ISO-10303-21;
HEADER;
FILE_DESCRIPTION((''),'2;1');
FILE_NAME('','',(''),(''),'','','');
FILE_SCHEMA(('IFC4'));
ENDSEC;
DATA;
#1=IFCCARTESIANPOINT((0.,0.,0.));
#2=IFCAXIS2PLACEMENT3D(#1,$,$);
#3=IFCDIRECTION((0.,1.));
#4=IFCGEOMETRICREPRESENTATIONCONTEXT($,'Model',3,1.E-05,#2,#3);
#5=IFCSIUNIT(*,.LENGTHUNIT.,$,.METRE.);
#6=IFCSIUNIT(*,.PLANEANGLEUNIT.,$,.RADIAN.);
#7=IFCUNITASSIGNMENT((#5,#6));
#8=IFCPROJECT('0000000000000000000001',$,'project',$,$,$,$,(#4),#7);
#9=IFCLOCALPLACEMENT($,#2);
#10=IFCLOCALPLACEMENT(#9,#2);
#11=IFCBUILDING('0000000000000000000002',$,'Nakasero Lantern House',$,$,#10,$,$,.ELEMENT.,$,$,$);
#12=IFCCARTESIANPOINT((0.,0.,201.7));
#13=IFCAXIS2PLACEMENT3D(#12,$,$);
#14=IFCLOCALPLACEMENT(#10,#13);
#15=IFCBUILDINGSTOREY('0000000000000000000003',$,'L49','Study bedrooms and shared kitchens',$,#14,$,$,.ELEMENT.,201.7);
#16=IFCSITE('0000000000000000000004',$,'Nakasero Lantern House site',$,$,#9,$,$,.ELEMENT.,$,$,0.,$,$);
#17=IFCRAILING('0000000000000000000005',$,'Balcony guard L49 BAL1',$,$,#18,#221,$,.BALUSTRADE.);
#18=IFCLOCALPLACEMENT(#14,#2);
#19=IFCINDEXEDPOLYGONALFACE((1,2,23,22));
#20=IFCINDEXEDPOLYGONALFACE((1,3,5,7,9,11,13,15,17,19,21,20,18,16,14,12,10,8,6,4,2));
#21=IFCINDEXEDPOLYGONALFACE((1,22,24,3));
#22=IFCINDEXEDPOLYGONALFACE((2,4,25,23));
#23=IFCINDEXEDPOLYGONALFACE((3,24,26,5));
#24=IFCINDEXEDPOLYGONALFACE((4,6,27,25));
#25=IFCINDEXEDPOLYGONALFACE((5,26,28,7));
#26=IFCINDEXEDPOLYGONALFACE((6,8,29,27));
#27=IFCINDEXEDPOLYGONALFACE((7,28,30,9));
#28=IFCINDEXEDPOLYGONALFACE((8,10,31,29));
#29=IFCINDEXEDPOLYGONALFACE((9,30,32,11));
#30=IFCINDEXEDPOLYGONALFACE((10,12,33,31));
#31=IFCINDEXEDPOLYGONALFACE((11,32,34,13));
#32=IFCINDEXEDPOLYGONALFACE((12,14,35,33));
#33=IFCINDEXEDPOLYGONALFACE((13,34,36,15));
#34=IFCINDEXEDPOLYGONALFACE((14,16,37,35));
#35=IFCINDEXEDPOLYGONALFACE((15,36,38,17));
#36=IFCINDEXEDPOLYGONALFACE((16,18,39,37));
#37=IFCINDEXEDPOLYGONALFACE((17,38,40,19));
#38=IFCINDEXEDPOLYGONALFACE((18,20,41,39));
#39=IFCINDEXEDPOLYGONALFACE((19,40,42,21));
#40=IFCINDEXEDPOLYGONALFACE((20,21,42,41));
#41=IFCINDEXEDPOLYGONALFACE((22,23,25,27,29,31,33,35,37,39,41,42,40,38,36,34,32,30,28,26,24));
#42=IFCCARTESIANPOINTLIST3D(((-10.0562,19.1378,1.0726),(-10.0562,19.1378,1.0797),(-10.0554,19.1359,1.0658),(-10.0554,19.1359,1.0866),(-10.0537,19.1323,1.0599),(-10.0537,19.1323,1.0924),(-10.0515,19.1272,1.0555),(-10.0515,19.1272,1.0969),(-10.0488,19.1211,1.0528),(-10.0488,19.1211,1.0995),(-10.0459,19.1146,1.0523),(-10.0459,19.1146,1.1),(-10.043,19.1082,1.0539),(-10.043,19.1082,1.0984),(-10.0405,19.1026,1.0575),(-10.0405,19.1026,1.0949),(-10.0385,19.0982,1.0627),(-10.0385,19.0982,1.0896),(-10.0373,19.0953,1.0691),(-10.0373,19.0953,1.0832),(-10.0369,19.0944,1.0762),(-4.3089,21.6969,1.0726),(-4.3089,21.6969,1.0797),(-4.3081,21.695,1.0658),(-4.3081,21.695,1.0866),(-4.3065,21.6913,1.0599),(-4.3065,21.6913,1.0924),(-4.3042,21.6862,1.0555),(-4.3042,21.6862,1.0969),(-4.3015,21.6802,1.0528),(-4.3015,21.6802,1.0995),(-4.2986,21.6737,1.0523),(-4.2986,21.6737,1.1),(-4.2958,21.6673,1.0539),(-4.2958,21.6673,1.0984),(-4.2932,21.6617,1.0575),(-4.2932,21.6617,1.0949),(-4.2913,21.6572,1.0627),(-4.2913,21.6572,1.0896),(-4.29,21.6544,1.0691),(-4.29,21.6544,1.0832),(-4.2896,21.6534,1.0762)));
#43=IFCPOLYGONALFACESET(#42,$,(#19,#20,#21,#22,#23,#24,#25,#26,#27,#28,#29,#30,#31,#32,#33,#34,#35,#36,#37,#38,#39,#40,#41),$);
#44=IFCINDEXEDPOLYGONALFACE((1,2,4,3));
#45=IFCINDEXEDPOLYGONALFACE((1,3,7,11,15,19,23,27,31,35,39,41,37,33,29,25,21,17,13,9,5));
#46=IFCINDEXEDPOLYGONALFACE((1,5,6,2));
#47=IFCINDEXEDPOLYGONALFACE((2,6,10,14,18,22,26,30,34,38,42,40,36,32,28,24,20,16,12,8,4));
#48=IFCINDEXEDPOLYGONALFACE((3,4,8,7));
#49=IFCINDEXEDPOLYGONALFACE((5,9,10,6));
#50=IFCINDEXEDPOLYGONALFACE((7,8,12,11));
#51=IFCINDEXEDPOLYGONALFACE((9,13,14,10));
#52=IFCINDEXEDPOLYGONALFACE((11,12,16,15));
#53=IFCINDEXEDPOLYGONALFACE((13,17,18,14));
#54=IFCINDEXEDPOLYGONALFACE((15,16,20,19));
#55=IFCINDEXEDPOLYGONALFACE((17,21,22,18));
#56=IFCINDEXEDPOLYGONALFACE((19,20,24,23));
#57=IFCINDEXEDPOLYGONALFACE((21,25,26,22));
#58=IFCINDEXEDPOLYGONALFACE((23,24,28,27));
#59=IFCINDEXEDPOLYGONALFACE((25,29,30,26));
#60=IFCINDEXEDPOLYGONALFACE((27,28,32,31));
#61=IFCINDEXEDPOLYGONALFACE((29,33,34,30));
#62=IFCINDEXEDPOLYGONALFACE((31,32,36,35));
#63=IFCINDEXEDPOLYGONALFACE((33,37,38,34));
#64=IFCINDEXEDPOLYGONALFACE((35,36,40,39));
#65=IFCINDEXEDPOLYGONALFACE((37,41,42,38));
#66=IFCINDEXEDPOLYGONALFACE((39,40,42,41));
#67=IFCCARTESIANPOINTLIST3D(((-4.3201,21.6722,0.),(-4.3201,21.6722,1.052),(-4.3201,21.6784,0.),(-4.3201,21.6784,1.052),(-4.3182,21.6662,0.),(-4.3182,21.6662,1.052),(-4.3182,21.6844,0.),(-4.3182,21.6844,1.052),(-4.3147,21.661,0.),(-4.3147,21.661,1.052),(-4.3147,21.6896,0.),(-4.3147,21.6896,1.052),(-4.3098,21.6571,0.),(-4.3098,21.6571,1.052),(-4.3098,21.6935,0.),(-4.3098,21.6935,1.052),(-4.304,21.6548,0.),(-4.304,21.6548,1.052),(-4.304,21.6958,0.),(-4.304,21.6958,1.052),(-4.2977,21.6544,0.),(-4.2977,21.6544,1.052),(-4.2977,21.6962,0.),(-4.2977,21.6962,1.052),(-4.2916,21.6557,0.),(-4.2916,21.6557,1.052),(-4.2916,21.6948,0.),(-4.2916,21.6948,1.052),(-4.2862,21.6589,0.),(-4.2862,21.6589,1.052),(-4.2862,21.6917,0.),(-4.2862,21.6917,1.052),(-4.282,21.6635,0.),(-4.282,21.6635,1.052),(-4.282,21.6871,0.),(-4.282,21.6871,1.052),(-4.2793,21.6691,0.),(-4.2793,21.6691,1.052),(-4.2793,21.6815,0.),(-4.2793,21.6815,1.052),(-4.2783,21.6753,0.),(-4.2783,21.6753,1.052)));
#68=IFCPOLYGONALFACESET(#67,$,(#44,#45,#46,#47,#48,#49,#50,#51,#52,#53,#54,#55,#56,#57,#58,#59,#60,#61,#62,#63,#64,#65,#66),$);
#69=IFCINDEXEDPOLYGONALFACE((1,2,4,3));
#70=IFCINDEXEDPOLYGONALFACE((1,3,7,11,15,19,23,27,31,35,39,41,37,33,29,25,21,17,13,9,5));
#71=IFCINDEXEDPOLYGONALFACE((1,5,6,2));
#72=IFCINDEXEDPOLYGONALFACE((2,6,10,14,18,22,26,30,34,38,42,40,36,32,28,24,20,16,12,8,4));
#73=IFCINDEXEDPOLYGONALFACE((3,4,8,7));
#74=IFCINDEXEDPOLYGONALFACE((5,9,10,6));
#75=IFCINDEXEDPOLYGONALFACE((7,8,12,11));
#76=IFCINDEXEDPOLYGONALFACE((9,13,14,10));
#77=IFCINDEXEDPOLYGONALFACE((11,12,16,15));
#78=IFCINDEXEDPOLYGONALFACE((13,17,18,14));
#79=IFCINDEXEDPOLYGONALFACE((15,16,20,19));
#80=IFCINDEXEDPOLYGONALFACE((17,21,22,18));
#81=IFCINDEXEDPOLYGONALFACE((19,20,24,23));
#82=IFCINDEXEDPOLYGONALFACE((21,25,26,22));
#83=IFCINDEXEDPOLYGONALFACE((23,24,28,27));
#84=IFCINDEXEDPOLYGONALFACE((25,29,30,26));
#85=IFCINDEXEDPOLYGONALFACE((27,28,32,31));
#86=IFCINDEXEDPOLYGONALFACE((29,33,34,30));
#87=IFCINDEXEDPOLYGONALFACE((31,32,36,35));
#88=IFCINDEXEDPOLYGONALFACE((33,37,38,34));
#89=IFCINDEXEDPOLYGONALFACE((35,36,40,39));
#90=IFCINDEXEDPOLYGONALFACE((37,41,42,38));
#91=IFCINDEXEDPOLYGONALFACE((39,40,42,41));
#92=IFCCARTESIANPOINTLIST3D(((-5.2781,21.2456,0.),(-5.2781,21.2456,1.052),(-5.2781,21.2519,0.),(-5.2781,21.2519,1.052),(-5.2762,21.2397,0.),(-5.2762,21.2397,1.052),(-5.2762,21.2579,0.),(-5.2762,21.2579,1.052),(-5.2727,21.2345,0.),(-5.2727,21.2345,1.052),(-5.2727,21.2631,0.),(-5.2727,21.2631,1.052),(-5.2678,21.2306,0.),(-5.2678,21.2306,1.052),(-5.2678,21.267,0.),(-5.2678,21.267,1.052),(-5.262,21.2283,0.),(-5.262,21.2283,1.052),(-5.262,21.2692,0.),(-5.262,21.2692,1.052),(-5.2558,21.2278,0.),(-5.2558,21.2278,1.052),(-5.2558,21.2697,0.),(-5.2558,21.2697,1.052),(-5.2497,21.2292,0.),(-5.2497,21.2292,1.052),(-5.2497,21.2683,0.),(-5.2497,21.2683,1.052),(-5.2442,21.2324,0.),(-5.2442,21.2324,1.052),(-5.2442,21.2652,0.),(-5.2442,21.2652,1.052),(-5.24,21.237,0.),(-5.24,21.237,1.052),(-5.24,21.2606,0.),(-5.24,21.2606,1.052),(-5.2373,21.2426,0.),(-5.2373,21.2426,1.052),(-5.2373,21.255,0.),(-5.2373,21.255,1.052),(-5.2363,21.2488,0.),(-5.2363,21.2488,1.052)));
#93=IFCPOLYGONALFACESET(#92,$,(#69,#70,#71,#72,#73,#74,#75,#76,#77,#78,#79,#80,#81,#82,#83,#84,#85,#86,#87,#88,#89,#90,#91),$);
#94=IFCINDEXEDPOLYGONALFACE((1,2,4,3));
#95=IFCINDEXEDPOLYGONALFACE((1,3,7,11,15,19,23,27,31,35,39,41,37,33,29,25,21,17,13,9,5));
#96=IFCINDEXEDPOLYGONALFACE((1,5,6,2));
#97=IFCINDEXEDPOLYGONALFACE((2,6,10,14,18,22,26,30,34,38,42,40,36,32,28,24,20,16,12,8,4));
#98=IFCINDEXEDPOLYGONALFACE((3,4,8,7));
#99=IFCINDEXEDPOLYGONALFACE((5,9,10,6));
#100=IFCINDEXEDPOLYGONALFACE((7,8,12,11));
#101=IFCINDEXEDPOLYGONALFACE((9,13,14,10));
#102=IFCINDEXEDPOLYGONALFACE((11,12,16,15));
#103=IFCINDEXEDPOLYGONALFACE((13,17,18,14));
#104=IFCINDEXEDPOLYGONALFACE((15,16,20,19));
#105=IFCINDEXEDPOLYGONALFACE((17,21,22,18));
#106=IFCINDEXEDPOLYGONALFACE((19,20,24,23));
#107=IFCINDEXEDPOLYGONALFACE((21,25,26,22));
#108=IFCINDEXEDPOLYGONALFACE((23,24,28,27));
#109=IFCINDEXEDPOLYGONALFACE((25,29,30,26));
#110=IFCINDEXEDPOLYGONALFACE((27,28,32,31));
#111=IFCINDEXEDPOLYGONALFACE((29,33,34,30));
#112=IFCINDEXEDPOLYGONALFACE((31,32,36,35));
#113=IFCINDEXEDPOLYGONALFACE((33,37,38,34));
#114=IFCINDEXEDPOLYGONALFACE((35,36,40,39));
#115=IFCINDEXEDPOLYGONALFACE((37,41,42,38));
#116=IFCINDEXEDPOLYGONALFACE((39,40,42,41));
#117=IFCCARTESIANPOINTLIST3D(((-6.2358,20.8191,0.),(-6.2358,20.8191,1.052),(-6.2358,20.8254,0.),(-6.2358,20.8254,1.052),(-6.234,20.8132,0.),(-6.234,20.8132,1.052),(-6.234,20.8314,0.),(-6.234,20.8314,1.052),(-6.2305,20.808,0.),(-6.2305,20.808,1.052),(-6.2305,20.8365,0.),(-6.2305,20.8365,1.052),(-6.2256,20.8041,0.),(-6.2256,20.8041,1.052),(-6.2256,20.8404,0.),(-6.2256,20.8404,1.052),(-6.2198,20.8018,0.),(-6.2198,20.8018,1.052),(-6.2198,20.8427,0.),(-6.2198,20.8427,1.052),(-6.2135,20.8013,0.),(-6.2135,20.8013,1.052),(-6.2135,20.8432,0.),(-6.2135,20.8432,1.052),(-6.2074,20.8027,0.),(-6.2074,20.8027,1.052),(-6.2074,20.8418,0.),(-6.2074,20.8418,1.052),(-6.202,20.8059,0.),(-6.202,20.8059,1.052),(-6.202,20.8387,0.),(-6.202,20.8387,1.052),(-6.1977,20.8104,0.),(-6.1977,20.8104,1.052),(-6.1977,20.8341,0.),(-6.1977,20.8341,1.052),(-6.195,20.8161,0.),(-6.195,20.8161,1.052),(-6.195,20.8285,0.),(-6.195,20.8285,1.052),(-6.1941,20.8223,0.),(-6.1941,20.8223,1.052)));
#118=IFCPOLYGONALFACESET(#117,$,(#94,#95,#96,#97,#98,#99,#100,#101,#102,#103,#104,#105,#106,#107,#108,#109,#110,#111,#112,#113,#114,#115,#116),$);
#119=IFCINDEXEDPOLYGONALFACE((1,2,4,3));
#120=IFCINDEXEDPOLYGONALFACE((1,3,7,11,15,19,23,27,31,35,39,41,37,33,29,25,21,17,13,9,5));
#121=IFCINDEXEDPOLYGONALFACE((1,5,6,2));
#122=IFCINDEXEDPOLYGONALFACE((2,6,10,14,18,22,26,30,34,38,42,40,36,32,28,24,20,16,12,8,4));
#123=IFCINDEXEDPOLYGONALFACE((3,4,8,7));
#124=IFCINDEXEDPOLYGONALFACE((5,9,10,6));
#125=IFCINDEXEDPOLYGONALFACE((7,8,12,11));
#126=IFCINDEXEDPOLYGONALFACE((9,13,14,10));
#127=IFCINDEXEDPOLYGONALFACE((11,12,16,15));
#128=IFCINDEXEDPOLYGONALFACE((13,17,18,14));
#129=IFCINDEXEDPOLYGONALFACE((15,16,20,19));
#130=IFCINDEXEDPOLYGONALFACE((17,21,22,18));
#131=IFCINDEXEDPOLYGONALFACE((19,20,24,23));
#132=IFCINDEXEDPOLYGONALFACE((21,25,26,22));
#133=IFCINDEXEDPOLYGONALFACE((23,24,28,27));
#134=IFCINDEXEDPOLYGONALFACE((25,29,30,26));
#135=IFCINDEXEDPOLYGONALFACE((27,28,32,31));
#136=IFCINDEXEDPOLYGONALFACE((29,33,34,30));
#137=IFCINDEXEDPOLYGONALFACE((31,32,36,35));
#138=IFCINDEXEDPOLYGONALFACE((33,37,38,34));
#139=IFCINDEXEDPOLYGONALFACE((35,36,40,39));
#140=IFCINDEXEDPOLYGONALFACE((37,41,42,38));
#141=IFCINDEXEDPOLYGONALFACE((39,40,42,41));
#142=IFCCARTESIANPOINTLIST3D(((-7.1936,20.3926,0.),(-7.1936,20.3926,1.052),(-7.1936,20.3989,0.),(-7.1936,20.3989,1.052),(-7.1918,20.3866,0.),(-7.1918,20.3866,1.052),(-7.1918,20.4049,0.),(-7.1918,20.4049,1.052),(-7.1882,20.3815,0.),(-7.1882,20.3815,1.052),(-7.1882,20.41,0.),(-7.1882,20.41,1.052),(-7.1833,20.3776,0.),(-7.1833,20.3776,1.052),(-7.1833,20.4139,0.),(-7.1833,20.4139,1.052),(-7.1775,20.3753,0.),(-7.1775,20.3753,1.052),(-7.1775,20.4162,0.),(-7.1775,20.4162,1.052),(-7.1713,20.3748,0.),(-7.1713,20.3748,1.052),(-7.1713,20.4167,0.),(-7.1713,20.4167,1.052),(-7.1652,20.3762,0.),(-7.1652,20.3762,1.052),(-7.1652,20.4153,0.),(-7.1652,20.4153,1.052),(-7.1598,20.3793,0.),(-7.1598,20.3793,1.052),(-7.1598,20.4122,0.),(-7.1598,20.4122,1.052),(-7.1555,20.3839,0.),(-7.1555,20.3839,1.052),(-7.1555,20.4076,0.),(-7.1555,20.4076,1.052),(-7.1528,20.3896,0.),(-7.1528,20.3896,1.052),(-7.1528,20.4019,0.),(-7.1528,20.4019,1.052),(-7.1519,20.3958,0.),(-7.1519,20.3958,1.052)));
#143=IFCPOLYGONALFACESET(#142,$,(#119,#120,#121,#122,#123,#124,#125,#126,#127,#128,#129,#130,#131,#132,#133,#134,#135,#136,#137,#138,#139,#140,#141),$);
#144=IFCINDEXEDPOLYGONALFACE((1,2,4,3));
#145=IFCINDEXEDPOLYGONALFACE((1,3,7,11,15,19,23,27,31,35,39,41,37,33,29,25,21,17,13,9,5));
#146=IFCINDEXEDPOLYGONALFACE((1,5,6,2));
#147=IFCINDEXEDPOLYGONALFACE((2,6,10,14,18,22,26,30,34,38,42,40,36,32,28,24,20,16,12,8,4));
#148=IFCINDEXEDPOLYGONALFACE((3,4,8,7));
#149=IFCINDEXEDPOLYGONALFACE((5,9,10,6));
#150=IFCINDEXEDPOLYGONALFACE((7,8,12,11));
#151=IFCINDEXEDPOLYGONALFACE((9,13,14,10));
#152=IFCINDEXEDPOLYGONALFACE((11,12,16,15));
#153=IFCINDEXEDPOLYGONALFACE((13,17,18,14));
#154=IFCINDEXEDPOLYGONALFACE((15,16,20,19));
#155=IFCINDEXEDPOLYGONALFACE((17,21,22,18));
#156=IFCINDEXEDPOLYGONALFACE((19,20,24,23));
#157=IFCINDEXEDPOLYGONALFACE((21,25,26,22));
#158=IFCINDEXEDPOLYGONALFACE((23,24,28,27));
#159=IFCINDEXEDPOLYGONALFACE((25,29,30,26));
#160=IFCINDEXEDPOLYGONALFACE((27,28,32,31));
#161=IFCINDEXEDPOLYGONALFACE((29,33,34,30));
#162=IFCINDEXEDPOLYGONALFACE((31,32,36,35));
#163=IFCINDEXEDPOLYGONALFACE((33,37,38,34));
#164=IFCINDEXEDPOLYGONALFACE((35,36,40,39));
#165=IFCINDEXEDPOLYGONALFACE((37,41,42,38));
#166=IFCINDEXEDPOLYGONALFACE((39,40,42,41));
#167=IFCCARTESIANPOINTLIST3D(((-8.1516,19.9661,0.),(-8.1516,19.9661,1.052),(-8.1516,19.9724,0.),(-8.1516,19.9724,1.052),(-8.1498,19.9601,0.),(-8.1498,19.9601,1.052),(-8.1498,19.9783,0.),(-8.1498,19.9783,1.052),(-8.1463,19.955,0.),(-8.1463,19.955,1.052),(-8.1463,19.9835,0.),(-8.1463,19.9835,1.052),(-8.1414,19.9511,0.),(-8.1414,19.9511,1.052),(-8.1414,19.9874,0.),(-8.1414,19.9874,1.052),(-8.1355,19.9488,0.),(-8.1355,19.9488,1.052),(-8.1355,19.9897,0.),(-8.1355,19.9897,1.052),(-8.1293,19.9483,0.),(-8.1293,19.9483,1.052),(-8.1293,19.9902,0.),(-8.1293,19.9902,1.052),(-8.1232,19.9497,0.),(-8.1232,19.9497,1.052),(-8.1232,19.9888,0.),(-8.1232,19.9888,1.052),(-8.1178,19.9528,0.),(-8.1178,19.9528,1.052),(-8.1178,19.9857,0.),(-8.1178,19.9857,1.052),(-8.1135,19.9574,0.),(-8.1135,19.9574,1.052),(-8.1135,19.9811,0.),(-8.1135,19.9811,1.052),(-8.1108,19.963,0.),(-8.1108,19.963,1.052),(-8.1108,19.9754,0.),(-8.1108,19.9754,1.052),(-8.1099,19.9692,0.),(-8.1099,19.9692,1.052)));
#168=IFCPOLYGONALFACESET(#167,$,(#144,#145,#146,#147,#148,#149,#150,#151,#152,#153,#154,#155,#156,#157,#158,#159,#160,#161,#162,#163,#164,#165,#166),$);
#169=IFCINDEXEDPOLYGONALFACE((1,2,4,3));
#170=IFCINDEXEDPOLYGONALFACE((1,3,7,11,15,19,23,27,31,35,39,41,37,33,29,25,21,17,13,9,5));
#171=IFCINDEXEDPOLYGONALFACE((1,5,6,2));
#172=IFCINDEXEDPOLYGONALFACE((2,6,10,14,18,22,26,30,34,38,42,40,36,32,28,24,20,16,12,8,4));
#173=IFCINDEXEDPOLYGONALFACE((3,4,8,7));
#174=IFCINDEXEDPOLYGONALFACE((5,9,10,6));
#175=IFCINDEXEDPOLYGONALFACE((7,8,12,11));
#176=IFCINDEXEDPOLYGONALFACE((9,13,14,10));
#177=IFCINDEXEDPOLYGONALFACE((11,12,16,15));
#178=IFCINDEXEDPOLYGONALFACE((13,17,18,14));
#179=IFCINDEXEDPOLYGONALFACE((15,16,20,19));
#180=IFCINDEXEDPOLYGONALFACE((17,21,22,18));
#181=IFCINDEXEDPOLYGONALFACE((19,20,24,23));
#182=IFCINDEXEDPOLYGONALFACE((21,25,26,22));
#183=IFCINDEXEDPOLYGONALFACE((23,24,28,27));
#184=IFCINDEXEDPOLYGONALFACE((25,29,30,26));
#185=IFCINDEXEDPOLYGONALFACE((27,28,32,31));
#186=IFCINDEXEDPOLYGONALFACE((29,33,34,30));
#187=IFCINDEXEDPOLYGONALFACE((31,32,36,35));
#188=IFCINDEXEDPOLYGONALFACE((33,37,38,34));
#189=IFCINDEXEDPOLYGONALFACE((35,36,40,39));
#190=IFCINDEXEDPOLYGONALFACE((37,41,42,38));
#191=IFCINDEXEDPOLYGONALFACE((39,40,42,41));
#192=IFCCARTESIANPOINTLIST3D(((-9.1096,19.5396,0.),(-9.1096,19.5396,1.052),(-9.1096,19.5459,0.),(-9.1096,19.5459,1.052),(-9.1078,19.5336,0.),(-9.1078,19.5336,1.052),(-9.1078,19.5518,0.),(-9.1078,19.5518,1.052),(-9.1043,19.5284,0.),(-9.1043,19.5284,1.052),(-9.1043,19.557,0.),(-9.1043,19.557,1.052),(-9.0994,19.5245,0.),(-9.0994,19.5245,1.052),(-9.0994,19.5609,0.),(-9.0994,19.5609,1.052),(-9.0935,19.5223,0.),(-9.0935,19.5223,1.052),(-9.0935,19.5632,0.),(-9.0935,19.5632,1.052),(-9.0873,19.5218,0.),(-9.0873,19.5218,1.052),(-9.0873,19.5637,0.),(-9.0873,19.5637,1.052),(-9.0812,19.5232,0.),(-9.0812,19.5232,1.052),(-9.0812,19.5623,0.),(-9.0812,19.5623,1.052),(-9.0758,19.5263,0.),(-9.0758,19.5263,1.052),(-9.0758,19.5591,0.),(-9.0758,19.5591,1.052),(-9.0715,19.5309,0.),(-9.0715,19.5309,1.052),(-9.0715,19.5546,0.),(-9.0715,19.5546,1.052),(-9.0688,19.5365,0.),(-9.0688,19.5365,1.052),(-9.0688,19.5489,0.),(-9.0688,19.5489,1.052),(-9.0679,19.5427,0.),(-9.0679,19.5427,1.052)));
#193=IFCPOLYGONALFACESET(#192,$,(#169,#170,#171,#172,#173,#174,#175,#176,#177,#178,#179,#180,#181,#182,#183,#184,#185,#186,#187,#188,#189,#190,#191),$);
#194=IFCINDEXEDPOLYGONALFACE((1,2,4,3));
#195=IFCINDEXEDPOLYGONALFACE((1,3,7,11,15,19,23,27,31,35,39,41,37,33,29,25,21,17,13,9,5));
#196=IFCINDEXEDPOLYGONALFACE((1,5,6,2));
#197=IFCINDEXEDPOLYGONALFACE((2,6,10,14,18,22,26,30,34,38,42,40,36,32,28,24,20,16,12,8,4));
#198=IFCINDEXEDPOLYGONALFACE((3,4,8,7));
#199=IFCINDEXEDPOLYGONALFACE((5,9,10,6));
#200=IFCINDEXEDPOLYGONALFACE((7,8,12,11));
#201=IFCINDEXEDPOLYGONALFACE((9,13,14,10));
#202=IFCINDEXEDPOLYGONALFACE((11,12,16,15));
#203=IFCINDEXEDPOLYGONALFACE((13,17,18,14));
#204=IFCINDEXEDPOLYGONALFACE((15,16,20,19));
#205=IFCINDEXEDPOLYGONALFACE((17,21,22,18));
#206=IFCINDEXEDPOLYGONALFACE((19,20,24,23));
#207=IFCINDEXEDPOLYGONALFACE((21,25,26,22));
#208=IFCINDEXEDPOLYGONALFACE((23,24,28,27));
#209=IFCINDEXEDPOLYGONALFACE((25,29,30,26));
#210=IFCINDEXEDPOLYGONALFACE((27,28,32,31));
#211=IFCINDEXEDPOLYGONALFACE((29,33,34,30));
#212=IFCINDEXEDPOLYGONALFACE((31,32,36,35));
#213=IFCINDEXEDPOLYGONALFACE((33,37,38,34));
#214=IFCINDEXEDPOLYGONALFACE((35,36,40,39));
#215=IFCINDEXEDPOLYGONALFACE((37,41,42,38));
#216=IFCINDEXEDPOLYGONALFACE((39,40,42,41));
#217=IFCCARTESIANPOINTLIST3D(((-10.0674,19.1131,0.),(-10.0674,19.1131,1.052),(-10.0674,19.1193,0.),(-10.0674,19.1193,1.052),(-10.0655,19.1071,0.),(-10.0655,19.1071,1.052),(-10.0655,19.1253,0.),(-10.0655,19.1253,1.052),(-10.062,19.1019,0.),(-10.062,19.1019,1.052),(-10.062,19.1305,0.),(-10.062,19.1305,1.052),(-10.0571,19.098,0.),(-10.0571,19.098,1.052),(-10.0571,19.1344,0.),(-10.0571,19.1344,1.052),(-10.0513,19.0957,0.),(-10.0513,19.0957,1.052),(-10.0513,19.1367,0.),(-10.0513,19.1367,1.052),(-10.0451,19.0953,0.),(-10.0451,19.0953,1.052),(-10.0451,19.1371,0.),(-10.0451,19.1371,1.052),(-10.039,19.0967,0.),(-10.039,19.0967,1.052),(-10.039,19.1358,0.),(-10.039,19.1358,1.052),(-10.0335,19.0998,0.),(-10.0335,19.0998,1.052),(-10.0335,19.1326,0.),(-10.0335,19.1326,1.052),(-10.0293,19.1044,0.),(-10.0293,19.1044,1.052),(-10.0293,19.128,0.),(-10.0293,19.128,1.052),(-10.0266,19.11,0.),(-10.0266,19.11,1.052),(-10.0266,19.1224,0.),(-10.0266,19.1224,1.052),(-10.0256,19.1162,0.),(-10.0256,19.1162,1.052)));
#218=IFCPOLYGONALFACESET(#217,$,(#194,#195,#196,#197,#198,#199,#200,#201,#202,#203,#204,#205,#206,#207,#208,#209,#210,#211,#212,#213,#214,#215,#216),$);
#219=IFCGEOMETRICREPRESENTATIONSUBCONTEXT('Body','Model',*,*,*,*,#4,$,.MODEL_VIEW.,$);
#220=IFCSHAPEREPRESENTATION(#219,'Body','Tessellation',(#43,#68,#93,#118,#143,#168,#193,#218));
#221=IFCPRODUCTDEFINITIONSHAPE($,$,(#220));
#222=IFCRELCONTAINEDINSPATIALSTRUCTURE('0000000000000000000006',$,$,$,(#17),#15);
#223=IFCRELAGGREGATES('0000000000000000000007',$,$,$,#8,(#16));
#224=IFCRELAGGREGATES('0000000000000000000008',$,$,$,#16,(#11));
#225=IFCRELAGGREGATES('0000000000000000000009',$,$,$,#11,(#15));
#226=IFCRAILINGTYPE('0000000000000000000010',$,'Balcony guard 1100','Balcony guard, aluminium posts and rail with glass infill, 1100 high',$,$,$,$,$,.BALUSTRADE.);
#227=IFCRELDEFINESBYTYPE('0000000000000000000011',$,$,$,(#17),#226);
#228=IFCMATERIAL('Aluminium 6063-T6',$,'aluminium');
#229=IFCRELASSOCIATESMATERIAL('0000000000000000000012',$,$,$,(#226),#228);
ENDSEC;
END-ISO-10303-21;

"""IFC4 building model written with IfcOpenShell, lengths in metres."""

from ifc_helpers import new_model, si_unit, direction, frame, origin, origin_2d, place, context, subcontext, project, spatial, circle, extrude, material, type_object, element, save


model = new_model("IFC4")

# Units and contexts
model_context = context("Model", 3, precision=1e-05, world=origin(), true_north=direction((0.0, 1.0)))
body_context = subcontext(model_context, "Body", "Model", "MODEL_VIEW")
ifc_project = project(units=[si_unit("LENGTHUNIT", "METRE"), si_unit("PLANEANGLEUNIT", "RADIAN")], contexts=[model_context])

# Site, building, storey
site_placement = place(None, origin())
site = spatial("IfcSite", under=ifc_project, at=site_placement, Name="Nakasero Lantern House site", CompositionType="ELEMENT", RefElevation=0.0)
building_placement = place(site_placement, origin())
building = spatial("IfcBuilding", under=site, at=building_placement, Name="Nakasero Lantern House", CompositionType="ELEMENT")
storey_placement = place(building_placement, frame((0.0, 0.0, 201.7)))
storey = spatial("IfcBuildingStorey", under=building, at=storey_placement, Name="L49", Description="Study bedrooms and shared kitchens", CompositionType="ELEMENT", Elevation=201.7)

# Railing
ifc_material_1 = material(Name="Aluminium 6063-T6", Category="aluminium")
railing_type = type_object("IfcRailingType", Name="Balcony guard 1100", Description="Balcony guard, aluminium posts and rail with glass infill, 1100 high", PredefinedType="BALUSTRADE", material=ifc_material_1)
railing_placement = place(storey_placement, frame((-4.2993, 21.6753, 0.0)))
element("IfcRailing", 1, at=railing_placement, inside=storey, type_object=railing_type, Name="Balcony guard L49 BAL1", PredefinedType="BALUSTRADE", context=body_context, shape_type="SweptSolid", body=[
    extrude(circle(Radius=0.0239, at=origin_2d()), frame((0.0, 0.0, 1.0762), z_axis=(-0.913533, -0.406765, 0.0), x_axis=(0.406765, -0.913533, 0.0)), (0.0, 0.0, 1.0), 6.2913),
    extrude(circle(Radius=0.021, at=origin_2d()), origin(), (0.0, 0.0, 1.0), 1.052),
    extrude(circle(Radius=0.021, at=origin_2d()), frame((-0.958, -0.4265, 0.0)), (0.0, 0.0, 1.0), 1.052),
    extrude(circle(Radius=0.021, at=origin_2d()), frame((-1.9158, -0.853, 0.0)), (0.0, 0.0, 1.0), 1.052),
    extrude(circle(Radius=0.021, at=origin_2d()), frame((-2.8735, -1.2795, 0.0)), (0.0, 0.0, 1.0), 1.052),
    extrude(circle(Radius=0.021, at=origin_2d()), frame((-3.8315, -1.7061, 0.0)), (0.0, 0.0, 1.0), 1.052),
    extrude(circle(Radius=0.021, at=origin_2d()), frame((-4.7896, -2.1326, 0.0)), (0.0, 0.0, 1.0), 1.052),
    extrude(circle(Radius=0.021, at=origin_2d()), frame((-5.7473, -2.5591, 0.0)), (0.0, 0.0, 1.0), 1.052),
])

save(model, "model.ifc")
